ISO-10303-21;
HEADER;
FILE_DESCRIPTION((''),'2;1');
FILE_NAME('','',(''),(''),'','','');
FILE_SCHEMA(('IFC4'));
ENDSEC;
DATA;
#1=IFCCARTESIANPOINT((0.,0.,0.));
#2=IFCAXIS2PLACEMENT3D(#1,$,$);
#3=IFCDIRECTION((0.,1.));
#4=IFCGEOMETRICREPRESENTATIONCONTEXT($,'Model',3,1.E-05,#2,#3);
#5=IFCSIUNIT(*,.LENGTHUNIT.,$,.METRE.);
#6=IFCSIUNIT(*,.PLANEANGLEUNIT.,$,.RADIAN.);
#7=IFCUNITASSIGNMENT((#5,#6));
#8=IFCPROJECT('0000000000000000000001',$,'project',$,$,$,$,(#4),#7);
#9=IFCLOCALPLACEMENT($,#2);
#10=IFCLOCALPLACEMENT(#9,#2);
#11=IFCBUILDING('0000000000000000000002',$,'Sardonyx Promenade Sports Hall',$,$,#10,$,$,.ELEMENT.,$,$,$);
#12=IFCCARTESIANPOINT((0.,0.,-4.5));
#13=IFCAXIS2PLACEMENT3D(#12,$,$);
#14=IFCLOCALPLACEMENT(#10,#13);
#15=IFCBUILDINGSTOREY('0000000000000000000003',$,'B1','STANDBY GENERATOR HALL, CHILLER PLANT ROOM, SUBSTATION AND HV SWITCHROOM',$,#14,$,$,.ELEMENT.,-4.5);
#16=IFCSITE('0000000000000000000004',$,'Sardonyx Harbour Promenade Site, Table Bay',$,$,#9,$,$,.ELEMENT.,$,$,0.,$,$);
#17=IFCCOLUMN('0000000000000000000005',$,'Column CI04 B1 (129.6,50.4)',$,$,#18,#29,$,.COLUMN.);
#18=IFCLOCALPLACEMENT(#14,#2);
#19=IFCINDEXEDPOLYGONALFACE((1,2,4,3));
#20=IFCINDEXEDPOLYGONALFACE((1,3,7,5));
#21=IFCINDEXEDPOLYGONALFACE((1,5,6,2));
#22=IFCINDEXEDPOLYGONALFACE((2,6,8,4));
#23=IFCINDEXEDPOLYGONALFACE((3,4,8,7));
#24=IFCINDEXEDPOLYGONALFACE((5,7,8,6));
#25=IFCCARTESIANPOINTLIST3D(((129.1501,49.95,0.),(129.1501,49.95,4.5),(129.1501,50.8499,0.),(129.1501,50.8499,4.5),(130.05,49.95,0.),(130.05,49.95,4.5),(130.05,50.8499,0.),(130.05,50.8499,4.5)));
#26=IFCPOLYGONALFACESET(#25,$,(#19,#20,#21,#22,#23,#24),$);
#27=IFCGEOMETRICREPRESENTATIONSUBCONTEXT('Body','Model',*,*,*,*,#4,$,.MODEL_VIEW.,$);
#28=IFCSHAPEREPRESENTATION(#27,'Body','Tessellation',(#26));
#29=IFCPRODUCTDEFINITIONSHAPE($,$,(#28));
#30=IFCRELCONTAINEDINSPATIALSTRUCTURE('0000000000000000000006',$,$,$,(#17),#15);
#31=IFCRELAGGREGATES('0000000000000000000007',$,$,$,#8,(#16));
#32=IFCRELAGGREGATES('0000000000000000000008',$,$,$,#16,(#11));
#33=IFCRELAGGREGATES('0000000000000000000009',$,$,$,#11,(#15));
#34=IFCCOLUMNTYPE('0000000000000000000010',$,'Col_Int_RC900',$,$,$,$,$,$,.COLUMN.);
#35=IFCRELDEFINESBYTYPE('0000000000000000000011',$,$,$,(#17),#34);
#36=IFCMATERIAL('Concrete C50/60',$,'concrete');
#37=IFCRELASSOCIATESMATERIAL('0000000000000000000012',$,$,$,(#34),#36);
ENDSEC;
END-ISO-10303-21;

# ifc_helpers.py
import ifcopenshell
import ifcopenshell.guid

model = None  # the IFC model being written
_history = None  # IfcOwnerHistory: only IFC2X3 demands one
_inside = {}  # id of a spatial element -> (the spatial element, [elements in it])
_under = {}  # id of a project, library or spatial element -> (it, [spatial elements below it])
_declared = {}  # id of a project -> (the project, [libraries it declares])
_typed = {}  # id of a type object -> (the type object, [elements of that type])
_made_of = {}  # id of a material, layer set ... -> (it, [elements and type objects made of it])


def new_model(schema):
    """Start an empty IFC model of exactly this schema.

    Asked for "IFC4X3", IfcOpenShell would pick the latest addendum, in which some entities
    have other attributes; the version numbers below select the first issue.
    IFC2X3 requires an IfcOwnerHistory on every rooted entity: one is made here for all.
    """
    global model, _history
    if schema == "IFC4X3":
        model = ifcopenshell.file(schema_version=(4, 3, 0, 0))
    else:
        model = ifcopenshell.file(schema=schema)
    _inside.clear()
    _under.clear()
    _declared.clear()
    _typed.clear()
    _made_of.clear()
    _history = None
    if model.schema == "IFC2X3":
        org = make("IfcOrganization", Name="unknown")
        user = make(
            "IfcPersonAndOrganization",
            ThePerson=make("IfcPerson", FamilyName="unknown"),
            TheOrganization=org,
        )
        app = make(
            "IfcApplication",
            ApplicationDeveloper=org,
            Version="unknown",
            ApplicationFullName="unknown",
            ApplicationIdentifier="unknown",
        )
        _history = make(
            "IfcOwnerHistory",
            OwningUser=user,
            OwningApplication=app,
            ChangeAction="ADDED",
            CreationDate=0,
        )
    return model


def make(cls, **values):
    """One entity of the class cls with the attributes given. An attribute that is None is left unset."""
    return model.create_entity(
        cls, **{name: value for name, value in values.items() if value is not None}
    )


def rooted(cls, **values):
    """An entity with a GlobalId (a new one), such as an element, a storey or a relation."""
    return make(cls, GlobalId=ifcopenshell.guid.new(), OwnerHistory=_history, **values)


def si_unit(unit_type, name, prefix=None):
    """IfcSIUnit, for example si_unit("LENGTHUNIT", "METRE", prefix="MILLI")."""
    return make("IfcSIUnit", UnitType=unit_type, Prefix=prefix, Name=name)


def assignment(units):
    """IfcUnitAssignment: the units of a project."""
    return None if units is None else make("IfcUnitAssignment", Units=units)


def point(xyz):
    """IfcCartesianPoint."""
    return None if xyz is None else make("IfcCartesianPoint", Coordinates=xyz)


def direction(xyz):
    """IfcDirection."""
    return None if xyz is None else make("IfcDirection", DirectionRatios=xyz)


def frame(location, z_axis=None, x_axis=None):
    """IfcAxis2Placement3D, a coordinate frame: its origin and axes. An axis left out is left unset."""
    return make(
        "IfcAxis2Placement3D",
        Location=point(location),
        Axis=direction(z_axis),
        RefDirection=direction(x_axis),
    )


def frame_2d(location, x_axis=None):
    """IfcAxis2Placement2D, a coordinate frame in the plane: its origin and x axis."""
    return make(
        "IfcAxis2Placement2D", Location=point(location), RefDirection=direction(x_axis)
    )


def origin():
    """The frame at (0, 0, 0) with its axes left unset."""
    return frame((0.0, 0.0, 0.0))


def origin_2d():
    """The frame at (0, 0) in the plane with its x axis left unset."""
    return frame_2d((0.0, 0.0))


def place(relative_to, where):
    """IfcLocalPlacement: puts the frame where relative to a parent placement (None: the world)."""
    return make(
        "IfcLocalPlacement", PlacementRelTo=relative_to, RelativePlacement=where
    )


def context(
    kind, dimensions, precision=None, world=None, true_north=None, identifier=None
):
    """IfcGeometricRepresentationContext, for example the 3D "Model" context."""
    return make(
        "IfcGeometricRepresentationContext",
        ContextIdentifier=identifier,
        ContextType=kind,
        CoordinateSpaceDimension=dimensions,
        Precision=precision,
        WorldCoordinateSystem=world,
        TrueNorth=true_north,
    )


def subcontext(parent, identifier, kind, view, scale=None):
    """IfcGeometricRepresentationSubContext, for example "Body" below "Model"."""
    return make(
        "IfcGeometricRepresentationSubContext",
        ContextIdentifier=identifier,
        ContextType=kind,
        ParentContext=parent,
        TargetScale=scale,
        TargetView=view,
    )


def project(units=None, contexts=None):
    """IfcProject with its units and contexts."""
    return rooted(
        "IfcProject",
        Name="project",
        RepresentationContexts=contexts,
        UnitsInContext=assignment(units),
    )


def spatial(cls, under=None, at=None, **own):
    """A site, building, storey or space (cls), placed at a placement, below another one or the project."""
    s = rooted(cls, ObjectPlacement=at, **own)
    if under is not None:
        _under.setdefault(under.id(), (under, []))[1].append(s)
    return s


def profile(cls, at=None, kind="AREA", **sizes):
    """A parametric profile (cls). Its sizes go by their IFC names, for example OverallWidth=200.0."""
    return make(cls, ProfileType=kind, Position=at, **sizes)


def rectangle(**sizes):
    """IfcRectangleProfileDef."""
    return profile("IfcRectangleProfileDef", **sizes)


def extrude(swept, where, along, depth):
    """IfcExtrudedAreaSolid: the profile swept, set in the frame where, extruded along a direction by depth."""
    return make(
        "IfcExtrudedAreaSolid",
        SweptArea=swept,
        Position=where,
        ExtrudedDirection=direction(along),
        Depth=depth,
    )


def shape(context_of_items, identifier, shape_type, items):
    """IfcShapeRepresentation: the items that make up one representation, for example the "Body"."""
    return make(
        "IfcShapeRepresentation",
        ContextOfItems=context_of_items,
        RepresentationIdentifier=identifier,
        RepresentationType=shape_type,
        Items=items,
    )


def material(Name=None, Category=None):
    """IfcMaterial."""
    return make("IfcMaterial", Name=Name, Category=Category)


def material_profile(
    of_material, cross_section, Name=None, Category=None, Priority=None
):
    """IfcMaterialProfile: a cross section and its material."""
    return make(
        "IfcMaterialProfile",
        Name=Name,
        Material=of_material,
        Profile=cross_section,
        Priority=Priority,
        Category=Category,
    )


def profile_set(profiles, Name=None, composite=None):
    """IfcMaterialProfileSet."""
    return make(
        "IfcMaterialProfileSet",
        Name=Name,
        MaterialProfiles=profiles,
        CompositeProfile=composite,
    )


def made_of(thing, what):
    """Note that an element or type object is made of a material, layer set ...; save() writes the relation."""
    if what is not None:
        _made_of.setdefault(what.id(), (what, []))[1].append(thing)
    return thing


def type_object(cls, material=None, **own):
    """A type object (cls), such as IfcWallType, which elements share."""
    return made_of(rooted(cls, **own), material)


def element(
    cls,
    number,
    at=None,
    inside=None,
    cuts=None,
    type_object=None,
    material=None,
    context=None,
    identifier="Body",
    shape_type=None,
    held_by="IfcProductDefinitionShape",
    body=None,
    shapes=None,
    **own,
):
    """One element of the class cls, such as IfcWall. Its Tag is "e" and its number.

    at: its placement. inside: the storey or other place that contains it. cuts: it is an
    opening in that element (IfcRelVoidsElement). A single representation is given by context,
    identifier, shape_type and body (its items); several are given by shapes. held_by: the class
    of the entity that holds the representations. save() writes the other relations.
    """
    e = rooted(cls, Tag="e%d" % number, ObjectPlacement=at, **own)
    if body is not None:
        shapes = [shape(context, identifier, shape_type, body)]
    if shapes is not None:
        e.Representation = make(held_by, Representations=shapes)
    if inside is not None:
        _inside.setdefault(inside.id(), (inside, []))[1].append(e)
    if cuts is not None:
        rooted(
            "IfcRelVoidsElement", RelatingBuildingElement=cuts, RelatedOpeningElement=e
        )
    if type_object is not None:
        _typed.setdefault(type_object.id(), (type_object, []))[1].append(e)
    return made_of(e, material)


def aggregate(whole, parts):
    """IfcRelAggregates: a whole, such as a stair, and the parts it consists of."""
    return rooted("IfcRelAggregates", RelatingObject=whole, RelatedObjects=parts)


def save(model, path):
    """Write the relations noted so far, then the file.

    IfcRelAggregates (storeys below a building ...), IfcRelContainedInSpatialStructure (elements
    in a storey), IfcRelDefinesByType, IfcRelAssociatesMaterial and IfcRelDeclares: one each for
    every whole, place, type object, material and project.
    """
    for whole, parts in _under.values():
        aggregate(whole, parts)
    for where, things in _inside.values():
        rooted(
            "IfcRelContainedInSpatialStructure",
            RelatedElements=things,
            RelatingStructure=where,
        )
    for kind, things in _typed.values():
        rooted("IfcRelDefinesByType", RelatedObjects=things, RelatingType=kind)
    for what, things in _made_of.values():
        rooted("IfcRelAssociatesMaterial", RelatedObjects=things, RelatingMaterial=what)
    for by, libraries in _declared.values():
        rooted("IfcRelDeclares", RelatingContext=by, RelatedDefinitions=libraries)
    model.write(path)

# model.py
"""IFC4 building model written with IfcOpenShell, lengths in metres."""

from ifc_helpers import new_model, si_unit, direction, frame, origin, origin_2d, place, context, subcontext, project, spatial, rectangle, extrude, material, material_profile, profile_set, type_object, element, save


model = new_model("IFC4")

# Units and contexts
model_context = context("Model", 3, precision=1e-05, world=origin(), true_north=direction((0.0, 1.0)))
body_context = subcontext(model_context, "Body", "Model", "MODEL_VIEW")
ifc_project = project(units=[si_unit("LENGTHUNIT", "METRE"), si_unit("PLANEANGLEUNIT", "RADIAN")], contexts=[model_context])

# Site, building, storey
site_placement = place(None, origin())
site = spatial("IfcSite", under=ifc_project, at=site_placement, Name="Sardonyx Harbour Promenade Site, Table Bay", CompositionType="ELEMENT", RefElevation=0.0)
building_placement = place(site_placement, origin())
building = spatial("IfcBuilding", under=site, at=building_placement, Name="Sardonyx Promenade Sports Hall", CompositionType="ELEMENT")
storey_placement = place(building_placement, frame((0.0, 0.0, -4.5)))
storey = spatial("IfcBuildingStorey", under=building, at=storey_placement, Name="B1", Description="STANDBY GENERATOR HALL, CHILLER PLANT ROOM, SUBSTATION AND HV SWITCHROOM", CompositionType="ELEMENT", Elevation=-4.5)

# Column
ifc_material_1 = material(Name="Concrete C50/60", Category="concrete")
ifc_material_profile_1 = material_profile(ifc_material_1, rectangle(XDim=0.8999, YDim=0.8999, at=origin_2d()))
ifc_profile_set_1 = profile_set([ifc_material_profile_1], Name="Concrete C50/60")
column_type_1 = type_object("IfcColumnType", Name="Col_Int_RC900", PredefinedType="COLUMN", material=ifc_profile_set_1)
for number, where, z_axis, x_axis, name in (
    (1, (129.6001, 50.3999, 0.0), (0.0, 0.0, 1.0), (1.0, 0.0, 0.0), "Column CI04 B1 (129.6,50.4)"),
):
    element("IfcColumn", number, at=place(storey_placement, frame(where, z_axis=z_axis, x_axis=x_axis)), inside=storey, type_object=column_type_1, Name=name, PredefinedType="COLUMN", context=body_context, shape_type="SweptSolid", body=[
        extrude(rectangle(XDim=0.8999, YDim=0.8999, at=origin_2d()), origin(), (0.0, 0.0, 1.0), 4.5),
    ])

save(model, "model.ifc")
